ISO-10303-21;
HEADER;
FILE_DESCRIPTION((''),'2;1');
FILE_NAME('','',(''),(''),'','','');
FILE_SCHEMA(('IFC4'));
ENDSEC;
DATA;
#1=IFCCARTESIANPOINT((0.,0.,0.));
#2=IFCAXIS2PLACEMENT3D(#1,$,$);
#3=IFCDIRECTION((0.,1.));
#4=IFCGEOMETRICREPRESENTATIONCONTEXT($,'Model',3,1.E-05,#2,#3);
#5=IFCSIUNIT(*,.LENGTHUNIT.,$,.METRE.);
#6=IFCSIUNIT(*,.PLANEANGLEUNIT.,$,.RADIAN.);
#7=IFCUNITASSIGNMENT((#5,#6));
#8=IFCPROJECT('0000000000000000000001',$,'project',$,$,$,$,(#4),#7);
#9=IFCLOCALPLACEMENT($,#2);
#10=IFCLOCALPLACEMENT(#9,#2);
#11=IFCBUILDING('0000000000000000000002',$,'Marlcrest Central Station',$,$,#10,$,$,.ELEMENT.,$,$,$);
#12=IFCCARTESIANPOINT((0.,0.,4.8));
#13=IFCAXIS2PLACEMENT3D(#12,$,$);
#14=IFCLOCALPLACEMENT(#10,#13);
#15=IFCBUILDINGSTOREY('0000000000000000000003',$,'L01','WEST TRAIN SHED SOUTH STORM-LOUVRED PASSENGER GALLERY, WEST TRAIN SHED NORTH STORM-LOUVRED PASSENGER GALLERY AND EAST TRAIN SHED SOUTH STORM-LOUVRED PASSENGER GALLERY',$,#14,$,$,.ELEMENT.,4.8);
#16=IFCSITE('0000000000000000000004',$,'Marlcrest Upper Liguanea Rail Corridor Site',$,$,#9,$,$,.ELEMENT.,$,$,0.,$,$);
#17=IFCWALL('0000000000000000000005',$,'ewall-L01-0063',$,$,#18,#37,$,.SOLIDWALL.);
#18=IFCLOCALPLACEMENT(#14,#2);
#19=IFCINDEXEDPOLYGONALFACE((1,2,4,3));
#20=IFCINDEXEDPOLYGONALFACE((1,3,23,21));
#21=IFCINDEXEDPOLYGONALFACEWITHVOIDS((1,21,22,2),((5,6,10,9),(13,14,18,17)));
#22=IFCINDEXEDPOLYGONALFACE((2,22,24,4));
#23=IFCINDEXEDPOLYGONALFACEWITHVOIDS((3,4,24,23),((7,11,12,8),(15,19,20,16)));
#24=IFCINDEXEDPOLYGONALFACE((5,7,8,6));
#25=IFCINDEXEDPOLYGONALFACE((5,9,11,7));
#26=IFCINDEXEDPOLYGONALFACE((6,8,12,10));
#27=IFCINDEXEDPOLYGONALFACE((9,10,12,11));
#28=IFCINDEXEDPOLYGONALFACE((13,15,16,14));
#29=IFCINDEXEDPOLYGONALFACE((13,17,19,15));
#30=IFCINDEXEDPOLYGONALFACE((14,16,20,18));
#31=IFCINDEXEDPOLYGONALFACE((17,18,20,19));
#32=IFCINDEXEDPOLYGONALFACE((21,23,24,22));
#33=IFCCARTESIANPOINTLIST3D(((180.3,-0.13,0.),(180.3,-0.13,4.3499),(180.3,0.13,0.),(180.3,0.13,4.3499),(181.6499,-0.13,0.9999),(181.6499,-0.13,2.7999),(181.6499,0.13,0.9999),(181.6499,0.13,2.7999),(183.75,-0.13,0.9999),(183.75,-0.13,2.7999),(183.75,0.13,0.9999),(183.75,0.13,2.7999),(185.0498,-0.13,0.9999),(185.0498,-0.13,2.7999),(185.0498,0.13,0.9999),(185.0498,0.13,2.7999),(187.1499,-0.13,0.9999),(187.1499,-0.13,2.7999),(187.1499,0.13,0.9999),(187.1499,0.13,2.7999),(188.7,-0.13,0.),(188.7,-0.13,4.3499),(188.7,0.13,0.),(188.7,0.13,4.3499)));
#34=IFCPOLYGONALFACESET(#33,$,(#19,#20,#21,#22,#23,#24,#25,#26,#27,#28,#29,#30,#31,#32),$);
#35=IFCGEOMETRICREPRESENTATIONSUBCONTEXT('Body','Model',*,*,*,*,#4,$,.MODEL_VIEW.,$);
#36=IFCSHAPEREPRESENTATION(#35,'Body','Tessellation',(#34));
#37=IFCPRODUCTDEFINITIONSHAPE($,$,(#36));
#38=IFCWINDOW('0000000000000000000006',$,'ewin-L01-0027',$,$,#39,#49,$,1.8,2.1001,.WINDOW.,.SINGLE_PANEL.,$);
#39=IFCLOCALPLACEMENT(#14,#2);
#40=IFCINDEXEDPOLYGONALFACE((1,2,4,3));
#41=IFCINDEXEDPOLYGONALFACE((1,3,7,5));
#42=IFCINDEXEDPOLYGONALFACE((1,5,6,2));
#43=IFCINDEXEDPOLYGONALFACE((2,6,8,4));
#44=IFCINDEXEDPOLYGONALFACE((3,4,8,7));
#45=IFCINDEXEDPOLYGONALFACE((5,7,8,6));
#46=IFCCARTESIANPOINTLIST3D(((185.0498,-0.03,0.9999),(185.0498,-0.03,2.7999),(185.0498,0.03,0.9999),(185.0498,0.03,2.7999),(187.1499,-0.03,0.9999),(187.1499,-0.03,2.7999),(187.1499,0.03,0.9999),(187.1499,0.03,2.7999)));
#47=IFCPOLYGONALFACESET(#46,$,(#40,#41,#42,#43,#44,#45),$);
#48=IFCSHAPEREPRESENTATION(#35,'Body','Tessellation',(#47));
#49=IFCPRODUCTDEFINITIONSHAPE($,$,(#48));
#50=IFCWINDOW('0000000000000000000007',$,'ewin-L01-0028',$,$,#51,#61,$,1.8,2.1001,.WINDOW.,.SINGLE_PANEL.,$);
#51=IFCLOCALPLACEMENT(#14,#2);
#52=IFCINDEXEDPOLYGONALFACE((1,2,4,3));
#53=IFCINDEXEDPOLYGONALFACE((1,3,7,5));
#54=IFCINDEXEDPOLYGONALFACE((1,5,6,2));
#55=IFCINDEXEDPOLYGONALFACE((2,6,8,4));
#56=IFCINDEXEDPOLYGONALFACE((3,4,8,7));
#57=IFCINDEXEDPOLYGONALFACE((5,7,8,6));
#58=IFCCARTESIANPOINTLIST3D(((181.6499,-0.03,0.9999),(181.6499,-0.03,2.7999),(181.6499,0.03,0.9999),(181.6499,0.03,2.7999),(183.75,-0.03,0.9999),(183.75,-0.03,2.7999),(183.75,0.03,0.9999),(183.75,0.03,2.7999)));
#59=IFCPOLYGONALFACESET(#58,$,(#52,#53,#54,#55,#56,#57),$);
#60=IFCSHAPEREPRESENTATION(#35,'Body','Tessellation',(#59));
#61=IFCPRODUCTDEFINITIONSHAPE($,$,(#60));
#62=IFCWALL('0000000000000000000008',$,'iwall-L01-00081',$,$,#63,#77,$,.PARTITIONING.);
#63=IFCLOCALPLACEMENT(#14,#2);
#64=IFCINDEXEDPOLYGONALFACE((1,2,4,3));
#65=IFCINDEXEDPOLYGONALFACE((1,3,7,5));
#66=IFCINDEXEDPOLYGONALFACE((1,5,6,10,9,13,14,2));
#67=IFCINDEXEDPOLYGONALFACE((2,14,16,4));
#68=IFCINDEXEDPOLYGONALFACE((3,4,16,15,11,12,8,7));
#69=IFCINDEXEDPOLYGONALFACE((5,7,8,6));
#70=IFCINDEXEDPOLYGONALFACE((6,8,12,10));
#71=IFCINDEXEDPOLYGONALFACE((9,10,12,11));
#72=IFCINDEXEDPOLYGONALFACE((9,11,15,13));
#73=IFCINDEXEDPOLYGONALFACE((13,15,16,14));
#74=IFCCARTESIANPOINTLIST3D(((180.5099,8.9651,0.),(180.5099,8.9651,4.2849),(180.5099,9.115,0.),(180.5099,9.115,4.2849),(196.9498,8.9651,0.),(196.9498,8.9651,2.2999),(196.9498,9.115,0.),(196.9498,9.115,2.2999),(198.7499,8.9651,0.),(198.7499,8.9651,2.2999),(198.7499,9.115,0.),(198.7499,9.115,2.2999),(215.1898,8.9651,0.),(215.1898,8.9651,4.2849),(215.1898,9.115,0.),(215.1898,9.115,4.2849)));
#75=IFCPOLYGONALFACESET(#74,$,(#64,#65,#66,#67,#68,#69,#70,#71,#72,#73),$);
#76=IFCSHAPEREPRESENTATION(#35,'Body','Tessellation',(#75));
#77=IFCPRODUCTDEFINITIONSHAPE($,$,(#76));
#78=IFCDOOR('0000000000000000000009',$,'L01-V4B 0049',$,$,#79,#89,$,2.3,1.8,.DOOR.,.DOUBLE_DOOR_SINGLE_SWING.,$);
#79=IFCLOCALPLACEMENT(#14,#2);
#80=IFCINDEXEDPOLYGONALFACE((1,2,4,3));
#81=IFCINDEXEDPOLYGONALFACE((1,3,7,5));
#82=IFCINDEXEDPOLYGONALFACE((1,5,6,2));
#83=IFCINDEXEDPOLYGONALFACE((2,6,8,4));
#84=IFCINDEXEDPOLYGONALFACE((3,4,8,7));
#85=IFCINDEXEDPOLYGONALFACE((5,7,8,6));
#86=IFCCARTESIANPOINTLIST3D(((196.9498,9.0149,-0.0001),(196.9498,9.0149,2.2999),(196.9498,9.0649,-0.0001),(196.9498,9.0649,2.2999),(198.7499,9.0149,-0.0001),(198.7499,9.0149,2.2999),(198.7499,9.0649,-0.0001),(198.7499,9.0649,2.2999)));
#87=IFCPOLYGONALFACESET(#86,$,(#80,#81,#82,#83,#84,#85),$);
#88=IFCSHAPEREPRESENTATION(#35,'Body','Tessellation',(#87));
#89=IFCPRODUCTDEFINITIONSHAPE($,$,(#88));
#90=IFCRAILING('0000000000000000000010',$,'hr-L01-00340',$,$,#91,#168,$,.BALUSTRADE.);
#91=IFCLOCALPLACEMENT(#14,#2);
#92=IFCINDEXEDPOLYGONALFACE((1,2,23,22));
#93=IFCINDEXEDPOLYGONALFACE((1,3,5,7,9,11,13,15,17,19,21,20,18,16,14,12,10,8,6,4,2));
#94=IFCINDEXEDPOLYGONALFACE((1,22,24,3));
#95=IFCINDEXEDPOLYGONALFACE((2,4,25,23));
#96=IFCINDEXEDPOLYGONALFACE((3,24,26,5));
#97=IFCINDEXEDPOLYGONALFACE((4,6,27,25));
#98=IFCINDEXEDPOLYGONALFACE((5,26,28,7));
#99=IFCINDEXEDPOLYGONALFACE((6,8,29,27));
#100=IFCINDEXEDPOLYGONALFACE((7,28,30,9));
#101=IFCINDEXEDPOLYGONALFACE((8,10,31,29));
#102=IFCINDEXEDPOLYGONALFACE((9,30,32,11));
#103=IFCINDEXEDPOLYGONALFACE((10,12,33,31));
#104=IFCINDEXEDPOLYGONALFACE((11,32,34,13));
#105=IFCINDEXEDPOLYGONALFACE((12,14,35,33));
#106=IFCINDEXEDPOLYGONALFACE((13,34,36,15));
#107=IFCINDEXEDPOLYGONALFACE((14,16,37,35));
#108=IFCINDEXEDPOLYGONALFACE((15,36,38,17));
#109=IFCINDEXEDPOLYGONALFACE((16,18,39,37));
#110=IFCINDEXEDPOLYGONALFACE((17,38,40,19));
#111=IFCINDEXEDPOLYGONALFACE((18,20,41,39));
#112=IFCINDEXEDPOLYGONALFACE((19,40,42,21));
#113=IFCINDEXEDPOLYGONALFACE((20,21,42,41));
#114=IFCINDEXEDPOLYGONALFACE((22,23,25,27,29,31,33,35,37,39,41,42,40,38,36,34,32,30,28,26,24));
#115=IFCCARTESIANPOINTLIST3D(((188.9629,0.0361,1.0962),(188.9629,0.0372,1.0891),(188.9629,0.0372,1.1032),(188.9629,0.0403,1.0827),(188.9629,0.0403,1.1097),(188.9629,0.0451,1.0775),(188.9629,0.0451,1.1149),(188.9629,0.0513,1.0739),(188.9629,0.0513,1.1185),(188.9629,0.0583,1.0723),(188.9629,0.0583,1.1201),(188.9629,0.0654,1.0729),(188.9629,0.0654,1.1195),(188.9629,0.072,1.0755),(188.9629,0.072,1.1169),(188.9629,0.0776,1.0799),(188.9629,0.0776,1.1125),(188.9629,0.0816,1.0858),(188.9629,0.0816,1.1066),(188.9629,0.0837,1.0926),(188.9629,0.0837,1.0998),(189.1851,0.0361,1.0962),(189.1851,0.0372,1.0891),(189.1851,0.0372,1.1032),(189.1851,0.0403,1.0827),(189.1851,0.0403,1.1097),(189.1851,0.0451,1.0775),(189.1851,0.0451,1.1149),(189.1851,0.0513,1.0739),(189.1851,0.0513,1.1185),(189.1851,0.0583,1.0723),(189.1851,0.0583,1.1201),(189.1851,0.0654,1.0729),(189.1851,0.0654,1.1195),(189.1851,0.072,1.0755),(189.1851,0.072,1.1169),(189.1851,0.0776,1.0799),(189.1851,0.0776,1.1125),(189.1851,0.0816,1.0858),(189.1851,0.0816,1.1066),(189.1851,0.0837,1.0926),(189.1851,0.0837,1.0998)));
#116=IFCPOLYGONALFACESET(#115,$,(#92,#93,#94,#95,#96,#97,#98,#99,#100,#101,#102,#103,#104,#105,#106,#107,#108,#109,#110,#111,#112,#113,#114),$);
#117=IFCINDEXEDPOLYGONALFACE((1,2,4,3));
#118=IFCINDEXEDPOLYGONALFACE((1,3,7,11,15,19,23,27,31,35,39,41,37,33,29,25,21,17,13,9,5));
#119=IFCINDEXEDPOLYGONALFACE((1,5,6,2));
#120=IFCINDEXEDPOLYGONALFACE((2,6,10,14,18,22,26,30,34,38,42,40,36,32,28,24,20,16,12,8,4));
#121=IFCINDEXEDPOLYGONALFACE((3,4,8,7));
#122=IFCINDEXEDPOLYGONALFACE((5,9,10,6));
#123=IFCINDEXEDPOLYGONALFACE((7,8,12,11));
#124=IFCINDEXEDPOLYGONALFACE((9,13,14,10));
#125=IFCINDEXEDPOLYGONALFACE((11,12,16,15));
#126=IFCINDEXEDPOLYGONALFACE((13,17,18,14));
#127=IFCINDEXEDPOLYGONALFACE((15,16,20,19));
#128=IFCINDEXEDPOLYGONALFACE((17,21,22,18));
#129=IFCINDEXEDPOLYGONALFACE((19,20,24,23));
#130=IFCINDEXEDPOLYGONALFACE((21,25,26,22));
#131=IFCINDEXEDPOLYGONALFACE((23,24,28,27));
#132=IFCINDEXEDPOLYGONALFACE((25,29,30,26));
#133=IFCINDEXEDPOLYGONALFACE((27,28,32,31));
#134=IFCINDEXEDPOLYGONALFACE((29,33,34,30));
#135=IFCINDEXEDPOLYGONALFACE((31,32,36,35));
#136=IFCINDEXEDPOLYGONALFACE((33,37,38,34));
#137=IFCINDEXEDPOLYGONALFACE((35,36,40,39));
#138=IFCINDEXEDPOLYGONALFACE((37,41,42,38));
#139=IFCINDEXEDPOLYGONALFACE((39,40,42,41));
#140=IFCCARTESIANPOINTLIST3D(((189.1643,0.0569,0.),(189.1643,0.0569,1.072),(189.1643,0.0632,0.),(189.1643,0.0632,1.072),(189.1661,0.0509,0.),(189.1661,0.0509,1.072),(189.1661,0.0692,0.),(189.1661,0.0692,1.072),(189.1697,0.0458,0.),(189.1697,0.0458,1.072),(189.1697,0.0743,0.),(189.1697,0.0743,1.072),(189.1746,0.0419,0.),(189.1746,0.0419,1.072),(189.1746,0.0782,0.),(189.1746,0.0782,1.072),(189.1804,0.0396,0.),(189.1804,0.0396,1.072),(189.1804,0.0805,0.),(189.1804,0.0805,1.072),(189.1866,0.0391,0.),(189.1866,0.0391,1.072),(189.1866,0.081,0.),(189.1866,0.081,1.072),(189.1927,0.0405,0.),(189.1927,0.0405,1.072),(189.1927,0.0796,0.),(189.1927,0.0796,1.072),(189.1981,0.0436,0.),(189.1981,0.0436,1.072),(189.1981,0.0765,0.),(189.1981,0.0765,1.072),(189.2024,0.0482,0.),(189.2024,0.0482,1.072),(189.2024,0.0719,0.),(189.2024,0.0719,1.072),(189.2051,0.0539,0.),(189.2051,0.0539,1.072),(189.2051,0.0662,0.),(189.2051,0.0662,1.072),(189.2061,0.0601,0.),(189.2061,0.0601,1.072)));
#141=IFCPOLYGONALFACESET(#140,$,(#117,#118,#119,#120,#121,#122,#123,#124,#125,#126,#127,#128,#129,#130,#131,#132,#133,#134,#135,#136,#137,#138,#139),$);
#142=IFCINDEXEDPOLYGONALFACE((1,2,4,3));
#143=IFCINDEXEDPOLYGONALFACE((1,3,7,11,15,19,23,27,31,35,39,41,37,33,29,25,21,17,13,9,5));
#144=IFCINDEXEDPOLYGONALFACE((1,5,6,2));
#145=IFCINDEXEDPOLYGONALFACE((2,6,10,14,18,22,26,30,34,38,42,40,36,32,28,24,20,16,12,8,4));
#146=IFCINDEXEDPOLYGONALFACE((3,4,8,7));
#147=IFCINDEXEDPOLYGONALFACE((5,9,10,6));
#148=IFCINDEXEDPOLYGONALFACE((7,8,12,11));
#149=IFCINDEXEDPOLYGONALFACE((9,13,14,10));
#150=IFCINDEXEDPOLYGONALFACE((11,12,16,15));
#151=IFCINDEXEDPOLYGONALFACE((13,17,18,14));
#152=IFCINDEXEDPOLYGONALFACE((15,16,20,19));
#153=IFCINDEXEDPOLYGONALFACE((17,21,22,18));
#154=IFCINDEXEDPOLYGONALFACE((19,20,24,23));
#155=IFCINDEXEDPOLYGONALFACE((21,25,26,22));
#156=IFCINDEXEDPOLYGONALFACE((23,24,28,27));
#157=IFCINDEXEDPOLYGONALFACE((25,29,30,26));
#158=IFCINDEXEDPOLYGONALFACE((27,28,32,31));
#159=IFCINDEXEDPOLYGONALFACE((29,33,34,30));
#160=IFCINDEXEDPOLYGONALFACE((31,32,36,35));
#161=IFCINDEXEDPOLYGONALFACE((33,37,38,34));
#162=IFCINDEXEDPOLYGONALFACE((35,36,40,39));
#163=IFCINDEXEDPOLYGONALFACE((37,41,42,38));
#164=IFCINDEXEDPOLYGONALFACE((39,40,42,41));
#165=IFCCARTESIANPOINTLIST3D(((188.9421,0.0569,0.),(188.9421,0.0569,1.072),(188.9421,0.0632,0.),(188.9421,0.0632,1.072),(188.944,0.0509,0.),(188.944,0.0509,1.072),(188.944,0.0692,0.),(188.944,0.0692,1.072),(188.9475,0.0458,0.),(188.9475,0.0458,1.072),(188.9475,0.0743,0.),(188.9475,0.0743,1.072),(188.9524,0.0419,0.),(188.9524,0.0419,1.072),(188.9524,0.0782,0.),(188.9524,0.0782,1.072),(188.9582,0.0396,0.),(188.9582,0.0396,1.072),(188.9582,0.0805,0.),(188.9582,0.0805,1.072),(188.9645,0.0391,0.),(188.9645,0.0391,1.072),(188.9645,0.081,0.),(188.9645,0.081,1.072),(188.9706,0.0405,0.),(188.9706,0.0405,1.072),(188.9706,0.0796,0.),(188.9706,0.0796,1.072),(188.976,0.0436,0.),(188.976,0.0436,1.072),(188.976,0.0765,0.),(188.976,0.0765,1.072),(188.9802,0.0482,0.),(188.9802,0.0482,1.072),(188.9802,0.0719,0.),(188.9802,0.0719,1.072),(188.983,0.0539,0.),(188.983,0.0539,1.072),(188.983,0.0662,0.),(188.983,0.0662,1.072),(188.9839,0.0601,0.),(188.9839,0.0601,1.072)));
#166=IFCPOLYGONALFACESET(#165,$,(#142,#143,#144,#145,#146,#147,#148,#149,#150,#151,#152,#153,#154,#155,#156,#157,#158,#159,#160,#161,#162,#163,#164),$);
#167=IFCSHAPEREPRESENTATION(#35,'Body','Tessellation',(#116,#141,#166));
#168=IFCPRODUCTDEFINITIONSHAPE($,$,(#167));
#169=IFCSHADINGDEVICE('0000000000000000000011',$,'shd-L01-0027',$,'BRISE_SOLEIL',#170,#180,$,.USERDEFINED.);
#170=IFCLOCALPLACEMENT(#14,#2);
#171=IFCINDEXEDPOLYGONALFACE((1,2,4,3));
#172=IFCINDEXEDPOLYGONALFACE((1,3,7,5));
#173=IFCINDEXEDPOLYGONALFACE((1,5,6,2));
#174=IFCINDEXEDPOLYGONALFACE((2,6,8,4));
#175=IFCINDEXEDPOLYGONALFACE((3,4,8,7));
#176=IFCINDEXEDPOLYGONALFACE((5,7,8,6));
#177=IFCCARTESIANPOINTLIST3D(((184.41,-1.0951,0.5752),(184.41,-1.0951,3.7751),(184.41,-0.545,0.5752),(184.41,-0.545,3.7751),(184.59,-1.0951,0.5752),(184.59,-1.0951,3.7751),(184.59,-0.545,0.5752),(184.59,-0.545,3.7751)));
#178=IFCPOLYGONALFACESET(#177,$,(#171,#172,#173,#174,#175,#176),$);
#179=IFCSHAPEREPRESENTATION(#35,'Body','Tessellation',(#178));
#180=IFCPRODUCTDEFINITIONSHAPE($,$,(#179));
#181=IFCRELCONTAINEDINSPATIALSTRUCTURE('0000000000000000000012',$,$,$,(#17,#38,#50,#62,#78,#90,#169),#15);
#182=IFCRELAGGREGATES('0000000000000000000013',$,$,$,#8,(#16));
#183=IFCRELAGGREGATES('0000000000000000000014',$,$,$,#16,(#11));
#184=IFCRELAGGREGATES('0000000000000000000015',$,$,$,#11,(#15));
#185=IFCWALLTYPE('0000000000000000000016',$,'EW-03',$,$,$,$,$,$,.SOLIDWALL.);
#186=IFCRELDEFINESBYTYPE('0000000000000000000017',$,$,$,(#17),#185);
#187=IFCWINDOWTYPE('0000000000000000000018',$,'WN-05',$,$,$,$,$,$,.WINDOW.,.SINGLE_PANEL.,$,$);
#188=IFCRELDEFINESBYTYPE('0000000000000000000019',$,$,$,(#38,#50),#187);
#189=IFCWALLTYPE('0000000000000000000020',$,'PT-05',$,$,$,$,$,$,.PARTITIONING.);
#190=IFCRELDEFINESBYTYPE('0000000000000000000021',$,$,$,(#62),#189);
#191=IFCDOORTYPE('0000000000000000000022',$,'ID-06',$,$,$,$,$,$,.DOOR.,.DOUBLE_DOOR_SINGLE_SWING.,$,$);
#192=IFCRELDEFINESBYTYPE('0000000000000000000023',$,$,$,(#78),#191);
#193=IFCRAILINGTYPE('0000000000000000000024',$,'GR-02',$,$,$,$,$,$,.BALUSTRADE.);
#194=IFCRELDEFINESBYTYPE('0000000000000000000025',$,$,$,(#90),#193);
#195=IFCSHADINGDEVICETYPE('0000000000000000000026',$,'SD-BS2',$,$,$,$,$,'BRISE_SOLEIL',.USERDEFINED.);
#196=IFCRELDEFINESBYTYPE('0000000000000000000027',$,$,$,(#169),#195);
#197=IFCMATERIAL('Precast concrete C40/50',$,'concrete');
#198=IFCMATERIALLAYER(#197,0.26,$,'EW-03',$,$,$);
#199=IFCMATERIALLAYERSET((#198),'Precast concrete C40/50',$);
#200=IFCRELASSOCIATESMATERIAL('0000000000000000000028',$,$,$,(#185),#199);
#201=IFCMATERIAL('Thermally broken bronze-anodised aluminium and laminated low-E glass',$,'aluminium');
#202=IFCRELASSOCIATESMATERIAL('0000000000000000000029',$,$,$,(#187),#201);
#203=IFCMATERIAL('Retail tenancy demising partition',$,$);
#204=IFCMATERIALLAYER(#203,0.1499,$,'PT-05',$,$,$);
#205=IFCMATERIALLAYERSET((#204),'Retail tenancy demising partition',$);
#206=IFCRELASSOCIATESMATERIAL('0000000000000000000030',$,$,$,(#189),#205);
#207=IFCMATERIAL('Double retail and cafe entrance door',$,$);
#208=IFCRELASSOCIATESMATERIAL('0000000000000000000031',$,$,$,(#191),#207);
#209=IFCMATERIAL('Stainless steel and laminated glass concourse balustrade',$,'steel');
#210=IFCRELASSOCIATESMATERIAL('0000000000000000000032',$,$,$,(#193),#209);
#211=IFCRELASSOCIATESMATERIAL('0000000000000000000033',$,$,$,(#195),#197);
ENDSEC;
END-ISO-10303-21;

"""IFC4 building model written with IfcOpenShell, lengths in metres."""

from ifc_helpers import new_model, si_unit, direction, frame, frame_2d, origin, origin_2d, place, context, subcontext, project, spatial, rectangle, circle, extrude, material, layer, layer_set, type_object, element, fill, save


model = new_model("IFC4")

# Units and contexts
model_context = context("Model", 3, precision=1e-05, world=origin(), true_north=direction((0.0, 1.0)))
body_context = subcontext(model_context, "Body", "Model", "MODEL_VIEW")
ifc_project = project(units=[si_unit("LENGTHUNIT", "METRE"), si_unit("PLANEANGLEUNIT", "RADIAN")], contexts=[model_context])

# Site, building, storey
site_placement = place(None, origin())
site = spatial("IfcSite", under=ifc_project, at=site_placement, Name="Marlcrest Upper Liguanea Rail Corridor Site", CompositionType="ELEMENT", RefElevation=0.0)
building_placement = place(site_placement, origin())
building = spatial("IfcBuilding", under=site, at=building_placement, Name="Marlcrest Central Station", CompositionType="ELEMENT")
storey_placement = place(building_placement, frame((0.0, 0.0, 4.8)))
storey = spatial("IfcBuildingStorey", under=building, at=storey_placement, Name="L01", Description="WEST TRAIN SHED SOUTH STORM-LOUVRED PASSENGER GALLERY, WEST TRAIN SHED NORTH STORM-LOUVRED PASSENGER GALLERY AND EAST TRAIN SHED SOUTH STORM-LOUVRED PASSENGER GALLERY", CompositionType="ELEMENT", Elevation=4.8)

# Shared definitions
ifc_material_1 = material(Name="Precast concrete C40/50", Category="concrete")

# Wall, openings, windows
ifc_layer_1 = layer(ifc_material_1, 0.26, Name="EW-03")
ifc_layer_set_1 = layer_set([ifc_layer_1], Name="Precast concrete C40/50")
wall_type_1 = type_object("IfcWallType", Name="EW-03", PredefinedType="SOLIDWALL", material=ifc_layer_set_1)
wall_1_placement = place(storey_placement, frame((188.7, 0.0, 0.0), z_axis=(0.0, 0.0, 1.0), x_axis=(-1.0, 0.0, 0.0)))
wall_1 = element("IfcWall", 1, at=wall_1_placement, inside=storey, type_object=wall_type_1, Name="ewall-L01-0063", PredefinedType="SOLIDWALL", context=body_context, shape_type="SweptSolid", body=[
    extrude(rectangle(XDim=8.3999, YDim=0.26, at=frame_2d((4.2, 0.0))), origin(), (0.0, 0.0, 1.0), 4.3499),
])
opening_1_placement = place(wall_1_placement, frame((1.55, 0.0, 1.0)))
opening_1 = element("IfcOpeningElement", 2, at=opening_1_placement, cuts=wall_1, PredefinedType="OPENING", context=body_context, shape_type="SweptSolid", body=[
    extrude(rectangle(XDim=2.1001, YDim=1.8, at=frame_2d((1.05, 0.8999))), frame((0.0, 0.1399, 0.0), z_axis=(0.0, -1.0, 0.0), x_axis=(1.0, 0.0, 0.0)), (0.0, 0.0, 1.0), 0.28),
])
opening_2_placement = place(wall_1_placement, frame((4.95, 0.0, 1.0)))
opening_2 = element("IfcOpeningElement", 3, at=opening_2_placement, cuts=wall_1, PredefinedType="OPENING", context=body_context, shape_type="SweptSolid", body=[
    extrude(rectangle(XDim=2.1001, YDim=1.8, at=frame_2d((1.05, 0.8999))), frame((0.0, 0.1399, 0.0), z_axis=(0.0, -1.0, 0.0), x_axis=(1.0, 0.0, 0.0)), (0.0, 0.0, 1.0), 0.28),
])
ifc_material_2 = material(Name="Thermally broken bronze-anodised aluminium and laminated low-E glass", Category="aluminium")
window_type = type_object("IfcWindowType", Name="WN-05", PartitioningType="SINGLE_PANEL", PredefinedType="WINDOW", material=ifc_material_2)
window_1_placement = place(opening_1_placement, origin())
window_1 = element("IfcWindow", 4, at=window_1_placement, inside=storey, type_object=window_type, Name="ewin-L01-0027", OverallHeight=1.8, OverallWidth=2.1001, PartitioningType="SINGLE_PANEL", PredefinedType="WINDOW", context=body_context, shape_type="SweptSolid", body=[
    extrude(rectangle(XDim=2.1001, YDim=1.8, at=frame_2d((1.05, 0.8999))), frame((0.0, 0.03, 0.0), z_axis=(0.0, -1.0, 0.0), x_axis=(1.0, 0.0, 0.0)), (0.0, 0.0, 1.0), 0.0601),
])
fill(opening_1, window_1)
window_2_placement = place(opening_2_placement, origin())
window_2 = element("IfcWindow", 5, at=window_2_placement, inside=storey, type_object=window_type, Name="ewin-L01-0028", OverallHeight=1.8, OverallWidth=2.1001, PartitioningType="SINGLE_PANEL", PredefinedType="WINDOW", context=body_context, shape_type="SweptSolid", body=[
    extrude(rectangle(XDim=2.1001, YDim=1.8, at=frame_2d((1.05, 0.8999))), frame((0.0, 0.03, 0.0), z_axis=(0.0, -1.0, 0.0), x_axis=(1.0, 0.0, 0.0)), (0.0, 0.0, 1.0), 0.0601),
])
fill(opening_2, window_2)

# Wall, opening, door
ifc_material_3 = material(Name="Retail tenancy demising partition")
ifc_layer_2 = layer(ifc_material_3, 0.1499, Name="PT-05")
ifc_layer_set_2 = layer_set([ifc_layer_2], Name="Retail tenancy demising partition")
wall_type_2 = type_object("IfcWallType", Name="PT-05", PredefinedType="PARTITIONING", material=ifc_layer_set_2)
wall_2_placement = place(storey_placement, frame((180.51, 9.04, 0.0), z_axis=(0.0, 0.0, 1.0), x_axis=(1.0, 0.0, 0.0)))
wall_2 = element("IfcWall", 6, at=wall_2_placement, inside=storey, type_object=wall_type_2, Name="iwall-L01-00081", PredefinedType="PARTITIONING", context=body_context, shape_type="SweptSolid", body=[
    extrude(rectangle(XDim=34.6799, YDim=0.1499, at=frame_2d((17.3398, 0.0))), origin(), (0.0, 0.0, 1.0), 4.2849),
])
opening_3_placement = place(wall_2_placement, frame((16.4399, 0.0, 0.0)))
opening_3 = element("IfcOpeningElement", 7, at=opening_3_placement, cuts=wall_2, PredefinedType="OPENING", context=body_context, shape_type="SweptSolid", body=[
    extrude(rectangle(XDim=1.8, YDim=2.3, at=frame_2d((0.8999, 1.1499))), frame((0.0, 0.085, 0.0), z_axis=(0.0, -1.0, 0.0), x_axis=(1.0, 0.0, 0.0)), (0.0, 0.0, 1.0), 0.1699),
])
ifc_material_4 = material(Name="Double retail and cafe entrance door")
door_type = type_object("IfcDoorType", Name="ID-06", OperationType="DOUBLE_DOOR_SINGLE_SWING", PredefinedType="DOOR", material=ifc_material_4)
door_placement = place(opening_3_placement, origin())
door = element("IfcDoor", 8, at=door_placement, inside=storey, type_object=door_type, Name="L01-V4B 0049", OperationType="DOUBLE_DOOR_SINGLE_SWING", OverallHeight=2.3, OverallWidth=1.8, PredefinedType="DOOR", context=body_context, shape_type="SweptSolid", body=[
    extrude(rectangle(XDim=1.8, YDim=2.3, at=frame_2d((0.8999, 1.1499))), frame((0.0, 0.0249, 0.0), z_axis=(0.0, -1.0, 0.0), x_axis=(1.0, 0.0, 0.0)), (0.0, 0.0, 1.0), 0.05),
])
fill(opening_3, door)

# Railing
ifc_material_5 = material(Name="Stainless steel and laminated glass concourse balustrade", Category="steel")
railing_type = type_object("IfcRailingType", Name="GR-02", PredefinedType="BALUSTRADE", material=ifc_material_5)
railing_placement = place(storey_placement, frame((189.1851, 0.0601, 0.0)))
element("IfcRailing", 9, at=railing_placement, inside=storey, type_object=railing_type, Name="hr-L01-00340", PredefinedType="BALUSTRADE", context=body_context, shape_type="SweptSolid", body=[
    extrude(circle(Radius=0.0239, at=origin_2d()), frame((0.0, 0.0, 1.0962), z_axis=(-1.0, 0.0, 0.0), x_axis=(0.0, -1.0, 0.0)), (0.0, 0.0, 1.0), 0.2222),
    extrude(circle(Radius=0.021, at=origin_2d()), origin(), (0.0, 0.0, 1.0), 1.072),
    extrude(circle(Radius=0.021, at=origin_2d()), frame((-0.2222, 0.0, 0.0)), (0.0, 0.0, 1.0), 1.072),
])

# Shading device
shading_device_type = type_object("IfcShadingDeviceType", Name="SD-BS2", ElementType="BRISE_SOLEIL", PredefinedType="USERDEFINED", material=ifc_material_1)
shading_device_placement = place(storey_placement, frame((184.5, -0.8201, 0.5752), z_axis=(0.0, 0.0, 1.0), x_axis=(1.0, 0.0, 0.0)))
element("IfcShadingDevice", 10, at=shading_device_placement, inside=storey, type_object=shading_device_type, Name="shd-L01-0027", ObjectType="BRISE_SOLEIL", PredefinedType="USERDEFINED", context=body_context, shape_type="SweptSolid", body=[
    extrude(rectangle(XDim=0.1799, YDim=0.55, at=origin_2d()), origin(), (0.0, 0.0, 1.0), 3.2),
])

save(model, "model.ifc")
